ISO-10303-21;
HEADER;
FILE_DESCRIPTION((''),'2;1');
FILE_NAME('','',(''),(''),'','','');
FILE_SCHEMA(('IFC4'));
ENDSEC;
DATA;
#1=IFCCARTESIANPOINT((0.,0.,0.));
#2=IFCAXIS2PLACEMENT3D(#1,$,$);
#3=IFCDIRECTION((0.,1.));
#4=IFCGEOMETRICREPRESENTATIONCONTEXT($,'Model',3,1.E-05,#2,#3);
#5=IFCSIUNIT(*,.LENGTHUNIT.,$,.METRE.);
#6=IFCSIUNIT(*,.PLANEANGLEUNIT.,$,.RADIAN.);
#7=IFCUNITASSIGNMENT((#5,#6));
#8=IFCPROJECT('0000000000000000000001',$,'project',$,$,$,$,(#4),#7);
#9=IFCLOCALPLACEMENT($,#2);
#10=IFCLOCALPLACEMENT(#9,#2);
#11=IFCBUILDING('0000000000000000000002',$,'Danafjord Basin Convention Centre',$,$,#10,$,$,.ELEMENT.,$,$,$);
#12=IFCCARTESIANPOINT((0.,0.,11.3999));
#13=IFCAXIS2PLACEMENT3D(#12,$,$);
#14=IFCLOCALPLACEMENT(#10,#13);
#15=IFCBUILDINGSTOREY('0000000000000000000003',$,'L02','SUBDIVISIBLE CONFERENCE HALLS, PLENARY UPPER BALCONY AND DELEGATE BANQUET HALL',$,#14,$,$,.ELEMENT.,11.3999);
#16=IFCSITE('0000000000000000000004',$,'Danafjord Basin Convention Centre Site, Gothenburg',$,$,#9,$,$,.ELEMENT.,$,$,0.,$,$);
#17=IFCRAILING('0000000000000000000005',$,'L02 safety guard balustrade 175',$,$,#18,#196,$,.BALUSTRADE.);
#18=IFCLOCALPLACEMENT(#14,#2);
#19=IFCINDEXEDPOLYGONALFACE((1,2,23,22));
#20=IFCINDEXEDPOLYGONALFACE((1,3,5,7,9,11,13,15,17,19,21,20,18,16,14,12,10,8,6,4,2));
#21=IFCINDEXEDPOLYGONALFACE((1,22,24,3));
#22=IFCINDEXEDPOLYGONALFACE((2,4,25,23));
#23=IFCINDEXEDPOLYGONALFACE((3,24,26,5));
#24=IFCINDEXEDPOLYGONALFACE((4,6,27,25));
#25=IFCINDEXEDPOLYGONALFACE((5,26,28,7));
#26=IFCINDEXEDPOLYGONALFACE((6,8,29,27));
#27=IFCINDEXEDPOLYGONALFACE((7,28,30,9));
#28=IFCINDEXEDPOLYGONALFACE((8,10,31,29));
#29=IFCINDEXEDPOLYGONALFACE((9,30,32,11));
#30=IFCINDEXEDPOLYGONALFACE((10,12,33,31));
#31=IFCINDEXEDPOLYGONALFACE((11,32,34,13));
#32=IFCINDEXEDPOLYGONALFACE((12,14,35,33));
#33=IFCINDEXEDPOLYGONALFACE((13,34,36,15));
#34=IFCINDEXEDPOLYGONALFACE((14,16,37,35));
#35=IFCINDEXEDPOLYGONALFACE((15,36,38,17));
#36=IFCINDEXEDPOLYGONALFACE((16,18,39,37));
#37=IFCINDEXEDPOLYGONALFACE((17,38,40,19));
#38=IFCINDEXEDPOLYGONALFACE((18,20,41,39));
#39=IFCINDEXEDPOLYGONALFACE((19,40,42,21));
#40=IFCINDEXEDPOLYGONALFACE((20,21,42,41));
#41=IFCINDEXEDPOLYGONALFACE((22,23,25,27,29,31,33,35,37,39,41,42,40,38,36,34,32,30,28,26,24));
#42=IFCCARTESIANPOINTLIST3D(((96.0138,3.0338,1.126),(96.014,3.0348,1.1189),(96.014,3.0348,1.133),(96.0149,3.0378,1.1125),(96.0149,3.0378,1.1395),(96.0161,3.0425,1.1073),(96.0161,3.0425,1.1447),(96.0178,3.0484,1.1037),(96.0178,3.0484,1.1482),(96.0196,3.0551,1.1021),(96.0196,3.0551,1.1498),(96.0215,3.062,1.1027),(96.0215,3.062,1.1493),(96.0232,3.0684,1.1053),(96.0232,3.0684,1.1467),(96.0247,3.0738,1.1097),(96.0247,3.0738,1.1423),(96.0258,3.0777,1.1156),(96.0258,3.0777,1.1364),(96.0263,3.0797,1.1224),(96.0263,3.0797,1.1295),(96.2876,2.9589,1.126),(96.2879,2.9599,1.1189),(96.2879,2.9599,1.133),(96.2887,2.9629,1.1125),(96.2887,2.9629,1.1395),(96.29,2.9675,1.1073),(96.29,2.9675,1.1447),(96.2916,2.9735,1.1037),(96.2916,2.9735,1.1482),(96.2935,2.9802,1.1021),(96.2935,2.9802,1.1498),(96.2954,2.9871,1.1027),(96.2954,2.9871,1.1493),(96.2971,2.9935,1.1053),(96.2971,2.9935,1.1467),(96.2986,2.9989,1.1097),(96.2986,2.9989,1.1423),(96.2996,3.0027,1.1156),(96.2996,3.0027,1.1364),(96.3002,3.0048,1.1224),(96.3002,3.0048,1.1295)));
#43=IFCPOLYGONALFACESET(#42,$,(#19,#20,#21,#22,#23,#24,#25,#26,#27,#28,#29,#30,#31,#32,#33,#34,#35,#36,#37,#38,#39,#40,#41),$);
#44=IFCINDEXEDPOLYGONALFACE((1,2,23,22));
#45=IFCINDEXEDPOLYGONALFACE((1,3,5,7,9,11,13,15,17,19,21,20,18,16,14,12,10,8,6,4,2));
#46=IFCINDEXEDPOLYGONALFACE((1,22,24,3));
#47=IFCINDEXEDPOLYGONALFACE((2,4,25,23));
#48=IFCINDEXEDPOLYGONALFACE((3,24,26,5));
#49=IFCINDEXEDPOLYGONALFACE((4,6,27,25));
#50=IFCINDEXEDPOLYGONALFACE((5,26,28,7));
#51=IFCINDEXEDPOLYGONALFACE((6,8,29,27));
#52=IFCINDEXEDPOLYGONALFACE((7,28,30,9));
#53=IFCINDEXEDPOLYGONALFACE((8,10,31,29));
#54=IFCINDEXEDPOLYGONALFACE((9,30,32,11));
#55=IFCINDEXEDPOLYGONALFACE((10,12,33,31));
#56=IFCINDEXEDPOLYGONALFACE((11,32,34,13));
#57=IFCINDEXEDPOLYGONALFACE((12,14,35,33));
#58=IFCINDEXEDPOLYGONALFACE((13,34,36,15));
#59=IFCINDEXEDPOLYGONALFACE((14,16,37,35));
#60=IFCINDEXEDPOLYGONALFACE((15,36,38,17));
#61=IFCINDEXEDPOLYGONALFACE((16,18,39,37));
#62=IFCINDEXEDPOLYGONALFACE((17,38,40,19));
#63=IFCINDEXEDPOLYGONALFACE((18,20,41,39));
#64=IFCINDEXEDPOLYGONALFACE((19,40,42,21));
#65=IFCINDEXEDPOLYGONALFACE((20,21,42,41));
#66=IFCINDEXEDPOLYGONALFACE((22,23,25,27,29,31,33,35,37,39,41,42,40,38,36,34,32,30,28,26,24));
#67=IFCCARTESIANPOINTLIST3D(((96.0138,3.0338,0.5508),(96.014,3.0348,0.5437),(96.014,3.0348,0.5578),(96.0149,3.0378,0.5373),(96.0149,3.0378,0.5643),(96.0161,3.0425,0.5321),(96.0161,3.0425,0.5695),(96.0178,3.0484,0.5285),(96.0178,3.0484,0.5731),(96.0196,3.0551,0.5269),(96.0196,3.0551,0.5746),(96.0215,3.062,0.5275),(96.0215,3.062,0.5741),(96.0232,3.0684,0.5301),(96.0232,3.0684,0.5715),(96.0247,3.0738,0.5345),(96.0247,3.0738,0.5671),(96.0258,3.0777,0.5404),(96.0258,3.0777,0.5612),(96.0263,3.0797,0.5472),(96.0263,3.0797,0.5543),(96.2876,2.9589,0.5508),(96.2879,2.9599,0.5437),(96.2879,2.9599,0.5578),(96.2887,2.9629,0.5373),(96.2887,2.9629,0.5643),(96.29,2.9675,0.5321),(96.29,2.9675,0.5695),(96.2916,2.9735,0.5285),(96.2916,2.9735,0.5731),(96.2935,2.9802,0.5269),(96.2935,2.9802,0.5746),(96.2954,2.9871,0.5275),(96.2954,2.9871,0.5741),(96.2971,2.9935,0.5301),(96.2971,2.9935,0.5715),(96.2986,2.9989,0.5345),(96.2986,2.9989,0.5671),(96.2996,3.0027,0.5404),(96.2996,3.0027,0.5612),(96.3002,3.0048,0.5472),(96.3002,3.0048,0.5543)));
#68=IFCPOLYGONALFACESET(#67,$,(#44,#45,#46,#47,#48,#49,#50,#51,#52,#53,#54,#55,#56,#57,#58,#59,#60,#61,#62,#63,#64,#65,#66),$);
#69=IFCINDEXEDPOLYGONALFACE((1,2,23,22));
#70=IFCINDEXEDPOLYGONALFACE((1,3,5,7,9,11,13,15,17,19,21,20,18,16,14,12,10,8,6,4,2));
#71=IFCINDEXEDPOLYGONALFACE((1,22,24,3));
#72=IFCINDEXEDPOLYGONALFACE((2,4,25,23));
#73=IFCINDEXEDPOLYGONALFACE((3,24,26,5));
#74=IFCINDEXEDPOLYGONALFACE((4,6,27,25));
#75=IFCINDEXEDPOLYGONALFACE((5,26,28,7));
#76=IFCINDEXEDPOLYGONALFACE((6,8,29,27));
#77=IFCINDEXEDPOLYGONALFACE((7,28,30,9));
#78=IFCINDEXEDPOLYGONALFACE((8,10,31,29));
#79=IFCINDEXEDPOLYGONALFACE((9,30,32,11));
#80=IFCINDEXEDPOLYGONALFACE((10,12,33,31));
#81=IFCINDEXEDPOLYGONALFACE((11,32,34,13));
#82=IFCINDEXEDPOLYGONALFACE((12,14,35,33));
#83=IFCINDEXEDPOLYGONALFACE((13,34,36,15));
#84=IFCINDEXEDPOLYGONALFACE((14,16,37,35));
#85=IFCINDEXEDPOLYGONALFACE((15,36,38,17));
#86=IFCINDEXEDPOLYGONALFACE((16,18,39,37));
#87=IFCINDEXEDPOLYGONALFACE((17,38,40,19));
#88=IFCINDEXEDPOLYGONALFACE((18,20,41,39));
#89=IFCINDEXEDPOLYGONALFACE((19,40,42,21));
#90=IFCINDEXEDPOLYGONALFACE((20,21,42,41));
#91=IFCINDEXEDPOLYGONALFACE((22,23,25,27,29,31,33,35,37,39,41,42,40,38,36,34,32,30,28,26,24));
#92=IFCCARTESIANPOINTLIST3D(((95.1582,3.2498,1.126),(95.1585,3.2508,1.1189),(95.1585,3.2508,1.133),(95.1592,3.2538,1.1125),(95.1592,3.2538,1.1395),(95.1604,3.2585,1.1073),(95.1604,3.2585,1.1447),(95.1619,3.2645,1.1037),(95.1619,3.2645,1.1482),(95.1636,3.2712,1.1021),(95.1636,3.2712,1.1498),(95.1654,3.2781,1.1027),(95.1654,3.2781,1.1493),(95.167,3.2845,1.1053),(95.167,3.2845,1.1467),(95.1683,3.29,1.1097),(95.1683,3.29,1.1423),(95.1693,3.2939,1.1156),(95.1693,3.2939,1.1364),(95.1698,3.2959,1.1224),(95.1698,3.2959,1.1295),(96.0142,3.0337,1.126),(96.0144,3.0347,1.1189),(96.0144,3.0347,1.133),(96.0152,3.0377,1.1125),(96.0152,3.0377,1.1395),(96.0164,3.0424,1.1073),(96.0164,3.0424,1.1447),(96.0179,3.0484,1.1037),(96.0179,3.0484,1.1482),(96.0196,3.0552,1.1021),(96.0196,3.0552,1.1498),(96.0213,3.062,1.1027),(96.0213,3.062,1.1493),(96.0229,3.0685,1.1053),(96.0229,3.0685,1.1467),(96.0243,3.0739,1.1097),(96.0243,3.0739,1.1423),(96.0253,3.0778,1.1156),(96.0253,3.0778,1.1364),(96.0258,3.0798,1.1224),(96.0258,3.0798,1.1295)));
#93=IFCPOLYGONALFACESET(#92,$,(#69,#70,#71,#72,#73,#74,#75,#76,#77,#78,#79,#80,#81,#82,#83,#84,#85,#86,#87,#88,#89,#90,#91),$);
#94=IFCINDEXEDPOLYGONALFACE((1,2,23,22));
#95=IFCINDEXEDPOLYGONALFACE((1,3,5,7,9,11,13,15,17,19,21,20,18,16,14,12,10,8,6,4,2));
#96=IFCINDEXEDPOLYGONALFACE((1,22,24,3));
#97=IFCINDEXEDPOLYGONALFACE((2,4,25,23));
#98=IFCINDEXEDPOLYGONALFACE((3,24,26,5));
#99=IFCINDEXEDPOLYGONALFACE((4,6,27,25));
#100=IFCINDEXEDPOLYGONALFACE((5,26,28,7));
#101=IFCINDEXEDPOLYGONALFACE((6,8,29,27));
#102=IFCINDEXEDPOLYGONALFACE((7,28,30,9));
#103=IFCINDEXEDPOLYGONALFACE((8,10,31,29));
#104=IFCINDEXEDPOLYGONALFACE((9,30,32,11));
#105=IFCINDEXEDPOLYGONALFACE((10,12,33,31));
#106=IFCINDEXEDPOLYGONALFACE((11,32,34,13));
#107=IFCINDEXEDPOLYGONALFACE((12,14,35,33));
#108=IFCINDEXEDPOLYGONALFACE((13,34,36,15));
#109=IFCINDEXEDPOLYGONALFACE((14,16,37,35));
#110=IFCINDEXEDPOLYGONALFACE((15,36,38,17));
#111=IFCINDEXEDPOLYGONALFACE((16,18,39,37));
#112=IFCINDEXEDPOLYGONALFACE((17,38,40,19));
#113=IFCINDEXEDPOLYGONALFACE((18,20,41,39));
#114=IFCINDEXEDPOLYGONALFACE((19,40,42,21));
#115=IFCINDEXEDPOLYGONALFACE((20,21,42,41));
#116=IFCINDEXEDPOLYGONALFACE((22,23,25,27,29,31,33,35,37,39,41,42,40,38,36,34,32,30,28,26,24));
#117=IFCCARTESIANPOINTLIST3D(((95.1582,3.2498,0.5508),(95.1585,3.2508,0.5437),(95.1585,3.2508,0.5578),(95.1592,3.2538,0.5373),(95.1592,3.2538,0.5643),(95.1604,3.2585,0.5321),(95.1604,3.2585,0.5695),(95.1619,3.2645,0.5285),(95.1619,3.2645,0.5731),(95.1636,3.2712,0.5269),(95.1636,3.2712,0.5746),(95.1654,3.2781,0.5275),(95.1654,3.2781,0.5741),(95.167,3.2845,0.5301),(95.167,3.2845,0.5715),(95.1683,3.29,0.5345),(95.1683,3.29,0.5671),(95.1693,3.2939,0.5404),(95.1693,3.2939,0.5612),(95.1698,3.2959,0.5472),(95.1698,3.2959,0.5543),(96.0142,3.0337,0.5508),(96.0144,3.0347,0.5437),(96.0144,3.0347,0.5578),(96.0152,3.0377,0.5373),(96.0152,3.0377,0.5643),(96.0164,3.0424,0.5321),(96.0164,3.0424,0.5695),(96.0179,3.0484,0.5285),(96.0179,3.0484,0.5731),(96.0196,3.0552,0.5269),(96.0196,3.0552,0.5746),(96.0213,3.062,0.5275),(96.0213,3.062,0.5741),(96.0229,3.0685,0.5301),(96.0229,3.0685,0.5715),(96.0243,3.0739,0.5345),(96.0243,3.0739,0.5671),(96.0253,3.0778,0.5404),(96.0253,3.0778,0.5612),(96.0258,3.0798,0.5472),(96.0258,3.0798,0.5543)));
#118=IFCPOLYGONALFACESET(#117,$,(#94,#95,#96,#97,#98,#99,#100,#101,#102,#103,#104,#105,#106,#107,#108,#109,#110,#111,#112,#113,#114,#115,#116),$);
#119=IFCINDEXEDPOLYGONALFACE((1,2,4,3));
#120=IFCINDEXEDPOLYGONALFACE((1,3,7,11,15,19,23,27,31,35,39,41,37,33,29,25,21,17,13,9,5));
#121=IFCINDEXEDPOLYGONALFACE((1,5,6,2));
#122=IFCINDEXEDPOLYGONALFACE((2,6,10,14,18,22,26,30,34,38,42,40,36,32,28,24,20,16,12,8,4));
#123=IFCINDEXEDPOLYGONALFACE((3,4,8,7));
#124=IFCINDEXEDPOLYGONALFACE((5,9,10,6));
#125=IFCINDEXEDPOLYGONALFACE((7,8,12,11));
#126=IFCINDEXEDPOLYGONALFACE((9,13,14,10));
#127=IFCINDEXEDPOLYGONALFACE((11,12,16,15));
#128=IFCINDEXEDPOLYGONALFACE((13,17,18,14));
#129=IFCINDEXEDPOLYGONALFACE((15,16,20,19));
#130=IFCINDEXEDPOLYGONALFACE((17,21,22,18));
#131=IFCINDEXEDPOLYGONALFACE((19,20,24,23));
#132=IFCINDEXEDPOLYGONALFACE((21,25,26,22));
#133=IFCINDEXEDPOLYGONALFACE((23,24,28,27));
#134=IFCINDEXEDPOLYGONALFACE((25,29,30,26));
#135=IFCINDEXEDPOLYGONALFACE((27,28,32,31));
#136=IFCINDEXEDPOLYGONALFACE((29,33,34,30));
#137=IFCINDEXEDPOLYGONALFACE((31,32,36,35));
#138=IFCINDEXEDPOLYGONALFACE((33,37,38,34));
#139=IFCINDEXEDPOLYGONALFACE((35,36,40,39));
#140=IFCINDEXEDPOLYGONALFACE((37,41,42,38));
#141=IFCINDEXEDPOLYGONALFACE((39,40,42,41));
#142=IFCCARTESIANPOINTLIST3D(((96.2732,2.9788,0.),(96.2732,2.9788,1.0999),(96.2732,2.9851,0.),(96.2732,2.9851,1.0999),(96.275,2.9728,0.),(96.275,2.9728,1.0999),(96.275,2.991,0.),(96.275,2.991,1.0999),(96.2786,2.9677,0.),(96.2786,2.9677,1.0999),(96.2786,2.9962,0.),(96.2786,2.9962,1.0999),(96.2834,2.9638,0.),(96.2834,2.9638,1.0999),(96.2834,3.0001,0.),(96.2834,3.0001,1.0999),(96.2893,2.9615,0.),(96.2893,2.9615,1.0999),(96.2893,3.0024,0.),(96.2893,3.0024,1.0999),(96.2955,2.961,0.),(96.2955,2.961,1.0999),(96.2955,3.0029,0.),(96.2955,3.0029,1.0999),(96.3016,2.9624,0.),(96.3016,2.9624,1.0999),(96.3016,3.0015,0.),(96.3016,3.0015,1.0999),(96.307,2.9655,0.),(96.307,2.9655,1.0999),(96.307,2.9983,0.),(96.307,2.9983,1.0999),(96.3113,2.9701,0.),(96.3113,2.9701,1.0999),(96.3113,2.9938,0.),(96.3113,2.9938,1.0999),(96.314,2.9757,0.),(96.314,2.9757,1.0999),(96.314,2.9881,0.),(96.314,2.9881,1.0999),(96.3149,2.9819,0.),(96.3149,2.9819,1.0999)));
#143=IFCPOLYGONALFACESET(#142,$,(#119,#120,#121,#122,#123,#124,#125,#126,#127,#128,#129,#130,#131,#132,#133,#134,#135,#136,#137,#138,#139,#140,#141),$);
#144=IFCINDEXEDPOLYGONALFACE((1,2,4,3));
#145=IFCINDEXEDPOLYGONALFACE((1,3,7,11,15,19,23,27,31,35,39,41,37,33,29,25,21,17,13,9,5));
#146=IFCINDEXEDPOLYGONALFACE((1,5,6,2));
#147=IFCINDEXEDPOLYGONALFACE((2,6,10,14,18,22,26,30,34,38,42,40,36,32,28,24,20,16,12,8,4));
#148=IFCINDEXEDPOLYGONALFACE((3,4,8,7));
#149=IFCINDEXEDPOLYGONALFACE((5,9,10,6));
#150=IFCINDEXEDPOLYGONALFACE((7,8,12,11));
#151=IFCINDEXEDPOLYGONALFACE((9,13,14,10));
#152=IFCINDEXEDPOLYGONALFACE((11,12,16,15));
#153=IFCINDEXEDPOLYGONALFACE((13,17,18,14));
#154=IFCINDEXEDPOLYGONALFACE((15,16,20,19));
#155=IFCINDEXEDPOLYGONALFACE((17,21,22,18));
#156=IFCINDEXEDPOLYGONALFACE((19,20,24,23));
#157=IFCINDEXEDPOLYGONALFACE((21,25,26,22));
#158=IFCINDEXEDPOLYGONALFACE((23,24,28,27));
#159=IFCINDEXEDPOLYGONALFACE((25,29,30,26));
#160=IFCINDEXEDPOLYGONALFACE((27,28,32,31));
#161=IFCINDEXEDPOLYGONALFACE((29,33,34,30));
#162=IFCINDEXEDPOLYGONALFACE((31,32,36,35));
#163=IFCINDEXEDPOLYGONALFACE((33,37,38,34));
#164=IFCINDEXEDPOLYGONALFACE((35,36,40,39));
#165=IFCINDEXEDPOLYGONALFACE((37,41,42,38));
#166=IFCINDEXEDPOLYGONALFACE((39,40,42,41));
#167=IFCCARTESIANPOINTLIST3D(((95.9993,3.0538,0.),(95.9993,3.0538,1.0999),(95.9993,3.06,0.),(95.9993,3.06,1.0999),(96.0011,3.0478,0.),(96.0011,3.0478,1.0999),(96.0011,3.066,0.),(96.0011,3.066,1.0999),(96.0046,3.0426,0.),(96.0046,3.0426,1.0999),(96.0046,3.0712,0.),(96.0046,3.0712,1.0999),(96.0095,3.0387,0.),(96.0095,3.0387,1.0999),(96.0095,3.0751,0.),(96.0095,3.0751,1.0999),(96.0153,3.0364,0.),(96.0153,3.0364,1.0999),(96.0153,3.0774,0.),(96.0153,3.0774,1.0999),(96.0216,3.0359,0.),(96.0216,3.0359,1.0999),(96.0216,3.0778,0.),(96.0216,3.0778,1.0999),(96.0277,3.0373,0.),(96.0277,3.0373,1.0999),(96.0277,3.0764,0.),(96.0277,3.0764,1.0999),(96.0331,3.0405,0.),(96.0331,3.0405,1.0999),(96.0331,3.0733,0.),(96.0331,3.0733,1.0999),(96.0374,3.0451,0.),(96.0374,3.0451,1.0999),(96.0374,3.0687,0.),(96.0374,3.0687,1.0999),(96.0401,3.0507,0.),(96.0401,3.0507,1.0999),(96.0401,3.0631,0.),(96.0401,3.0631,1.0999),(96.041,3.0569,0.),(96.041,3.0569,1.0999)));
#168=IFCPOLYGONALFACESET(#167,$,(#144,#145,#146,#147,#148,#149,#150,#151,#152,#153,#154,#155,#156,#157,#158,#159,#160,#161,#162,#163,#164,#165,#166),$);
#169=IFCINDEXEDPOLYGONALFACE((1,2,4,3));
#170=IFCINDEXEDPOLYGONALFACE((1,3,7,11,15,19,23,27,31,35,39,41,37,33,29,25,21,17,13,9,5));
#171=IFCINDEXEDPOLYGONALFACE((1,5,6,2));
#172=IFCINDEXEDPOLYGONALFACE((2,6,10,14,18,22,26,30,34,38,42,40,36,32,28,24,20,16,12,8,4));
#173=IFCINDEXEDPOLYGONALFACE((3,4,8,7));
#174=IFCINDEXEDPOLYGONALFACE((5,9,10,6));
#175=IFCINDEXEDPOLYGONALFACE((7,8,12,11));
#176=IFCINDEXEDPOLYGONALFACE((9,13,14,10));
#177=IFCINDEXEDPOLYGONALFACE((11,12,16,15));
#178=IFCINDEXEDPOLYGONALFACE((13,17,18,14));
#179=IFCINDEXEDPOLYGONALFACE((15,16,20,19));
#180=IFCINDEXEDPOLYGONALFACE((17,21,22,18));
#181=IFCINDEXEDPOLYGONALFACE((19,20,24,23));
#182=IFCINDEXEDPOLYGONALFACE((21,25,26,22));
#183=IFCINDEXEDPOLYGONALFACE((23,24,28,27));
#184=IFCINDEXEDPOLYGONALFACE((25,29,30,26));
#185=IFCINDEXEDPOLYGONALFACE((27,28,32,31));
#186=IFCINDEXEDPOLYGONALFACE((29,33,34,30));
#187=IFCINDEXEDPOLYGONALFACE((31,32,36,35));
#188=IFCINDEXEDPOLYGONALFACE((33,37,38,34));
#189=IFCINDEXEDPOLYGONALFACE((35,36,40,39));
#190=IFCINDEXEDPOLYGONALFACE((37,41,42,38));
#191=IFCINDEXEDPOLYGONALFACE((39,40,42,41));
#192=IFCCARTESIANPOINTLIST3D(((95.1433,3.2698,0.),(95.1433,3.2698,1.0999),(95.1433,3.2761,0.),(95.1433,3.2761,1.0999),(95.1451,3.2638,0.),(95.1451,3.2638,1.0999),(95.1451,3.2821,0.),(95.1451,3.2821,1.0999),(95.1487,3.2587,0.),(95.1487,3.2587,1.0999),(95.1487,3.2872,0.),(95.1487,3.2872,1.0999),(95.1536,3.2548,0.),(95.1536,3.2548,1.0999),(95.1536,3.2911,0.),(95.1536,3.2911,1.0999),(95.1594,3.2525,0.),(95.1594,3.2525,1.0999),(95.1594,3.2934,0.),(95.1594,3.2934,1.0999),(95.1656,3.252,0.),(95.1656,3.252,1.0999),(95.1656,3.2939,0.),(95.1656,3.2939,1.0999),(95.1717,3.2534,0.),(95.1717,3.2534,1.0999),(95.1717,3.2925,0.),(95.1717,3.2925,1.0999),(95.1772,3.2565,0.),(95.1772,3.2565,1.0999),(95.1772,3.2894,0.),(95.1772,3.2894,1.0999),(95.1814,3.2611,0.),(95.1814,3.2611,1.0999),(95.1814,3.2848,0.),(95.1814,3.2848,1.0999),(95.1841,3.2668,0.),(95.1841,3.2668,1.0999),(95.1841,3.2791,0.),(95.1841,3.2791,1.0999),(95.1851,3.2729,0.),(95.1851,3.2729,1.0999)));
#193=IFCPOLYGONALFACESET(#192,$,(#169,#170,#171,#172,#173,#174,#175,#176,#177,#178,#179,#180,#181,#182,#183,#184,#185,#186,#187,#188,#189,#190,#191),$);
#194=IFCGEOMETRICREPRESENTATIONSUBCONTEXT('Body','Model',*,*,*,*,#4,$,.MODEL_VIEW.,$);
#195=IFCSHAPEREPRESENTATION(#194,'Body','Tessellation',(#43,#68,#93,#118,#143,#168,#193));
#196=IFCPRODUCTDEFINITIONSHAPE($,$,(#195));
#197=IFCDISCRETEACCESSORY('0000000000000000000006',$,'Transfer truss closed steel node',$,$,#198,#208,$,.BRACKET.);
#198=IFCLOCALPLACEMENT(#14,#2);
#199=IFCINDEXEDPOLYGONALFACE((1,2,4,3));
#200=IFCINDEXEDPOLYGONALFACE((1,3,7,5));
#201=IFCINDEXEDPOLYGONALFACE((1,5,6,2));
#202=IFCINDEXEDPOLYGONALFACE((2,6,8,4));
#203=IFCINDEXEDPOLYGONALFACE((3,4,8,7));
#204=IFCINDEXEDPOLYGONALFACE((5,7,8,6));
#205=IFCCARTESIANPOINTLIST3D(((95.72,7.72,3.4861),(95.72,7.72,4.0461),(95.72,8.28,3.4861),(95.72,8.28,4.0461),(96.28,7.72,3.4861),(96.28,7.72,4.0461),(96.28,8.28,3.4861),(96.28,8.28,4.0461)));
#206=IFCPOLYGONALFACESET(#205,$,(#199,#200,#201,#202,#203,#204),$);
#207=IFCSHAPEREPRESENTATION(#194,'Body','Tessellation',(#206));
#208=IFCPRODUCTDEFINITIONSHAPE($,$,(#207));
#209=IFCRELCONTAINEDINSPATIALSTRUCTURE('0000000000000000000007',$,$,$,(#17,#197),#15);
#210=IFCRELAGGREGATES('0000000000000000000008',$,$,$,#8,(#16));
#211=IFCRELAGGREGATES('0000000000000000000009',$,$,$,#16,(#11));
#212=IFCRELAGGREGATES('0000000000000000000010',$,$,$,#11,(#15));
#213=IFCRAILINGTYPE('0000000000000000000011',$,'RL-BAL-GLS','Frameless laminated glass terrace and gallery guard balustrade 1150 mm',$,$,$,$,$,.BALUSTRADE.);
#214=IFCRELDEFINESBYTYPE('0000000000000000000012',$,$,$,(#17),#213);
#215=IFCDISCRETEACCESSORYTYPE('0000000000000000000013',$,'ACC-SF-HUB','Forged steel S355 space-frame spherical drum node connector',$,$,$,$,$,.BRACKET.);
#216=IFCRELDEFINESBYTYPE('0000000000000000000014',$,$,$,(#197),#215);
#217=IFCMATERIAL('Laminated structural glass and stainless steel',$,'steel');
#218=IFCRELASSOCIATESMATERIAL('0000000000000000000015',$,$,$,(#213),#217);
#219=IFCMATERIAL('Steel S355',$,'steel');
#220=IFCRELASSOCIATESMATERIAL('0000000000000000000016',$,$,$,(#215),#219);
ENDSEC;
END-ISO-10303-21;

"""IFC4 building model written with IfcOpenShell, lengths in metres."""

from ifc_helpers import new_model, si_unit, direction, frame, origin, origin_2d, place, context, subcontext, project, spatial, rectangle, circle, extrude, material, type_object, element, save


model = new_model("IFC4")

# Units and contexts
model_context = context("Model", 3, precision=1e-05, world=origin(), true_north=direction((0.0, 1.0)))
body_context = subcontext(model_context, "Body", "Model", "MODEL_VIEW")
ifc_project = project(units=[si_unit("LENGTHUNIT", "METRE"), si_unit("PLANEANGLEUNIT", "RADIAN")], contexts=[model_context])

# Site, building, storey
site_placement = place(None, origin())
site = spatial("IfcSite", under=ifc_project, at=site_placement, Name="Danafjord Basin Convention Centre Site, Gothenburg", CompositionType="ELEMENT", RefElevation=0.0)
building_placement = place(site_placement, origin())
building = spatial("IfcBuilding", under=site, at=building_placement, Name="Danafjord Basin Convention Centre", CompositionType="ELEMENT")
storey_placement = place(building_placement, frame((0.0, 0.0, 11.3999)))
storey = spatial("IfcBuildingStorey", under=building, at=storey_placement, Name="L02", Description="SUBDIVISIBLE CONFERENCE HALLS, PLENARY UPPER BALCONY AND DELEGATE BANQUET HALL", CompositionType="ELEMENT", Elevation=11.3999)

# Shared definitions
ifc_material_1 = material(Name="Steel S355", Category="steel")

# Railing
ifc_material_2 = material(Name="Laminated structural glass and stainless steel", Category="steel")
railing_type = type_object("IfcRailingType", Name="RL-BAL-GLS", Description="Frameless laminated glass terrace and gallery guard balustrade 1150 mm", PredefinedType="BALUSTRADE", material=ifc_material_2)
railing_1_placement = place(storey_placement, frame((96.2939, 2.9819, 0.0)))
element("IfcRailing", 1, at=railing_1_placement, inside=storey, type_object=railing_type, Name="L02 safety guard balustrade 175", PredefinedType="BALUSTRADE", context=body_context, shape_type="SweptSolid", body=[
    extrude(circle(Radius=0.0239, at=origin_2d()), frame((0.0, 0.0, 1.126), z_axis=(-0.964545, 0.263917, 0.0), x_axis=(-0.263917, -0.964545, 0.0)), (0.0, 0.0, 1.0), 0.2839),
    extrude(circle(Radius=0.0239, at=origin_2d()), frame((0.0, 0.0, 0.5508), z_axis=(-0.964545, 0.263917, 0.0), x_axis=(-0.263917, -0.964545, 0.0)), (0.0, 0.0, 1.0), 0.2839),
    extrude(circle(Radius=0.0239, at=origin_2d()), frame((-0.2739, 0.075, 1.126), z_axis=(-0.969587, 0.244747, 0.0), x_axis=(-0.244747, -0.969587, 0.0)), (0.0, 0.0, 1.0), 0.8828),
    extrude(circle(Radius=0.0239, at=origin_2d()), frame((-0.2739, 0.075, 0.5508), z_axis=(-0.969587, 0.244747, 0.0), x_axis=(-0.244747, -0.969587, 0.0)), (0.0, 0.0, 1.0), 0.8828),
    extrude(circle(Radius=0.021, at=origin_2d()), origin(), (0.0, 0.0, 1.0), 1.0999),
    extrude(circle(Radius=0.021, at=origin_2d()), frame((-0.2739, 0.075, 0.0)), (0.0, 0.0, 1.0), 1.0999),
    extrude(circle(Radius=0.021, at=origin_2d()), frame((-1.1299, 0.291, 0.0)), (0.0, 0.0, 1.0), 1.0999),
])

# Discrete accessory
discrete_accessory_type = type_object("IfcDiscreteAccessoryType", Name="ACC-SF-HUB", Description="Forged steel S355 space-frame spherical drum node connector", PredefinedType="BRACKET", material=ifc_material_1)
discrete_accessory_placement = place(storey_placement, frame((96.0, 8.0, 3.4861), z_axis=(0.0, 0.0, 1.0), x_axis=(1.0, 0.0, 0.0)))
element("IfcDiscreteAccessory", 2, at=discrete_accessory_placement, inside=storey, type_object=discrete_accessory_type, Name="Transfer truss closed steel node", PredefinedType="BRACKET", context=body_context, shape_type="SweptSolid", body=[
    extrude(rectangle(XDim=0.5601, YDim=0.5601, at=origin_2d()), origin(), (0.0, 0.0, 1.0), 0.5601),
])

save(model, "model.ifc")
